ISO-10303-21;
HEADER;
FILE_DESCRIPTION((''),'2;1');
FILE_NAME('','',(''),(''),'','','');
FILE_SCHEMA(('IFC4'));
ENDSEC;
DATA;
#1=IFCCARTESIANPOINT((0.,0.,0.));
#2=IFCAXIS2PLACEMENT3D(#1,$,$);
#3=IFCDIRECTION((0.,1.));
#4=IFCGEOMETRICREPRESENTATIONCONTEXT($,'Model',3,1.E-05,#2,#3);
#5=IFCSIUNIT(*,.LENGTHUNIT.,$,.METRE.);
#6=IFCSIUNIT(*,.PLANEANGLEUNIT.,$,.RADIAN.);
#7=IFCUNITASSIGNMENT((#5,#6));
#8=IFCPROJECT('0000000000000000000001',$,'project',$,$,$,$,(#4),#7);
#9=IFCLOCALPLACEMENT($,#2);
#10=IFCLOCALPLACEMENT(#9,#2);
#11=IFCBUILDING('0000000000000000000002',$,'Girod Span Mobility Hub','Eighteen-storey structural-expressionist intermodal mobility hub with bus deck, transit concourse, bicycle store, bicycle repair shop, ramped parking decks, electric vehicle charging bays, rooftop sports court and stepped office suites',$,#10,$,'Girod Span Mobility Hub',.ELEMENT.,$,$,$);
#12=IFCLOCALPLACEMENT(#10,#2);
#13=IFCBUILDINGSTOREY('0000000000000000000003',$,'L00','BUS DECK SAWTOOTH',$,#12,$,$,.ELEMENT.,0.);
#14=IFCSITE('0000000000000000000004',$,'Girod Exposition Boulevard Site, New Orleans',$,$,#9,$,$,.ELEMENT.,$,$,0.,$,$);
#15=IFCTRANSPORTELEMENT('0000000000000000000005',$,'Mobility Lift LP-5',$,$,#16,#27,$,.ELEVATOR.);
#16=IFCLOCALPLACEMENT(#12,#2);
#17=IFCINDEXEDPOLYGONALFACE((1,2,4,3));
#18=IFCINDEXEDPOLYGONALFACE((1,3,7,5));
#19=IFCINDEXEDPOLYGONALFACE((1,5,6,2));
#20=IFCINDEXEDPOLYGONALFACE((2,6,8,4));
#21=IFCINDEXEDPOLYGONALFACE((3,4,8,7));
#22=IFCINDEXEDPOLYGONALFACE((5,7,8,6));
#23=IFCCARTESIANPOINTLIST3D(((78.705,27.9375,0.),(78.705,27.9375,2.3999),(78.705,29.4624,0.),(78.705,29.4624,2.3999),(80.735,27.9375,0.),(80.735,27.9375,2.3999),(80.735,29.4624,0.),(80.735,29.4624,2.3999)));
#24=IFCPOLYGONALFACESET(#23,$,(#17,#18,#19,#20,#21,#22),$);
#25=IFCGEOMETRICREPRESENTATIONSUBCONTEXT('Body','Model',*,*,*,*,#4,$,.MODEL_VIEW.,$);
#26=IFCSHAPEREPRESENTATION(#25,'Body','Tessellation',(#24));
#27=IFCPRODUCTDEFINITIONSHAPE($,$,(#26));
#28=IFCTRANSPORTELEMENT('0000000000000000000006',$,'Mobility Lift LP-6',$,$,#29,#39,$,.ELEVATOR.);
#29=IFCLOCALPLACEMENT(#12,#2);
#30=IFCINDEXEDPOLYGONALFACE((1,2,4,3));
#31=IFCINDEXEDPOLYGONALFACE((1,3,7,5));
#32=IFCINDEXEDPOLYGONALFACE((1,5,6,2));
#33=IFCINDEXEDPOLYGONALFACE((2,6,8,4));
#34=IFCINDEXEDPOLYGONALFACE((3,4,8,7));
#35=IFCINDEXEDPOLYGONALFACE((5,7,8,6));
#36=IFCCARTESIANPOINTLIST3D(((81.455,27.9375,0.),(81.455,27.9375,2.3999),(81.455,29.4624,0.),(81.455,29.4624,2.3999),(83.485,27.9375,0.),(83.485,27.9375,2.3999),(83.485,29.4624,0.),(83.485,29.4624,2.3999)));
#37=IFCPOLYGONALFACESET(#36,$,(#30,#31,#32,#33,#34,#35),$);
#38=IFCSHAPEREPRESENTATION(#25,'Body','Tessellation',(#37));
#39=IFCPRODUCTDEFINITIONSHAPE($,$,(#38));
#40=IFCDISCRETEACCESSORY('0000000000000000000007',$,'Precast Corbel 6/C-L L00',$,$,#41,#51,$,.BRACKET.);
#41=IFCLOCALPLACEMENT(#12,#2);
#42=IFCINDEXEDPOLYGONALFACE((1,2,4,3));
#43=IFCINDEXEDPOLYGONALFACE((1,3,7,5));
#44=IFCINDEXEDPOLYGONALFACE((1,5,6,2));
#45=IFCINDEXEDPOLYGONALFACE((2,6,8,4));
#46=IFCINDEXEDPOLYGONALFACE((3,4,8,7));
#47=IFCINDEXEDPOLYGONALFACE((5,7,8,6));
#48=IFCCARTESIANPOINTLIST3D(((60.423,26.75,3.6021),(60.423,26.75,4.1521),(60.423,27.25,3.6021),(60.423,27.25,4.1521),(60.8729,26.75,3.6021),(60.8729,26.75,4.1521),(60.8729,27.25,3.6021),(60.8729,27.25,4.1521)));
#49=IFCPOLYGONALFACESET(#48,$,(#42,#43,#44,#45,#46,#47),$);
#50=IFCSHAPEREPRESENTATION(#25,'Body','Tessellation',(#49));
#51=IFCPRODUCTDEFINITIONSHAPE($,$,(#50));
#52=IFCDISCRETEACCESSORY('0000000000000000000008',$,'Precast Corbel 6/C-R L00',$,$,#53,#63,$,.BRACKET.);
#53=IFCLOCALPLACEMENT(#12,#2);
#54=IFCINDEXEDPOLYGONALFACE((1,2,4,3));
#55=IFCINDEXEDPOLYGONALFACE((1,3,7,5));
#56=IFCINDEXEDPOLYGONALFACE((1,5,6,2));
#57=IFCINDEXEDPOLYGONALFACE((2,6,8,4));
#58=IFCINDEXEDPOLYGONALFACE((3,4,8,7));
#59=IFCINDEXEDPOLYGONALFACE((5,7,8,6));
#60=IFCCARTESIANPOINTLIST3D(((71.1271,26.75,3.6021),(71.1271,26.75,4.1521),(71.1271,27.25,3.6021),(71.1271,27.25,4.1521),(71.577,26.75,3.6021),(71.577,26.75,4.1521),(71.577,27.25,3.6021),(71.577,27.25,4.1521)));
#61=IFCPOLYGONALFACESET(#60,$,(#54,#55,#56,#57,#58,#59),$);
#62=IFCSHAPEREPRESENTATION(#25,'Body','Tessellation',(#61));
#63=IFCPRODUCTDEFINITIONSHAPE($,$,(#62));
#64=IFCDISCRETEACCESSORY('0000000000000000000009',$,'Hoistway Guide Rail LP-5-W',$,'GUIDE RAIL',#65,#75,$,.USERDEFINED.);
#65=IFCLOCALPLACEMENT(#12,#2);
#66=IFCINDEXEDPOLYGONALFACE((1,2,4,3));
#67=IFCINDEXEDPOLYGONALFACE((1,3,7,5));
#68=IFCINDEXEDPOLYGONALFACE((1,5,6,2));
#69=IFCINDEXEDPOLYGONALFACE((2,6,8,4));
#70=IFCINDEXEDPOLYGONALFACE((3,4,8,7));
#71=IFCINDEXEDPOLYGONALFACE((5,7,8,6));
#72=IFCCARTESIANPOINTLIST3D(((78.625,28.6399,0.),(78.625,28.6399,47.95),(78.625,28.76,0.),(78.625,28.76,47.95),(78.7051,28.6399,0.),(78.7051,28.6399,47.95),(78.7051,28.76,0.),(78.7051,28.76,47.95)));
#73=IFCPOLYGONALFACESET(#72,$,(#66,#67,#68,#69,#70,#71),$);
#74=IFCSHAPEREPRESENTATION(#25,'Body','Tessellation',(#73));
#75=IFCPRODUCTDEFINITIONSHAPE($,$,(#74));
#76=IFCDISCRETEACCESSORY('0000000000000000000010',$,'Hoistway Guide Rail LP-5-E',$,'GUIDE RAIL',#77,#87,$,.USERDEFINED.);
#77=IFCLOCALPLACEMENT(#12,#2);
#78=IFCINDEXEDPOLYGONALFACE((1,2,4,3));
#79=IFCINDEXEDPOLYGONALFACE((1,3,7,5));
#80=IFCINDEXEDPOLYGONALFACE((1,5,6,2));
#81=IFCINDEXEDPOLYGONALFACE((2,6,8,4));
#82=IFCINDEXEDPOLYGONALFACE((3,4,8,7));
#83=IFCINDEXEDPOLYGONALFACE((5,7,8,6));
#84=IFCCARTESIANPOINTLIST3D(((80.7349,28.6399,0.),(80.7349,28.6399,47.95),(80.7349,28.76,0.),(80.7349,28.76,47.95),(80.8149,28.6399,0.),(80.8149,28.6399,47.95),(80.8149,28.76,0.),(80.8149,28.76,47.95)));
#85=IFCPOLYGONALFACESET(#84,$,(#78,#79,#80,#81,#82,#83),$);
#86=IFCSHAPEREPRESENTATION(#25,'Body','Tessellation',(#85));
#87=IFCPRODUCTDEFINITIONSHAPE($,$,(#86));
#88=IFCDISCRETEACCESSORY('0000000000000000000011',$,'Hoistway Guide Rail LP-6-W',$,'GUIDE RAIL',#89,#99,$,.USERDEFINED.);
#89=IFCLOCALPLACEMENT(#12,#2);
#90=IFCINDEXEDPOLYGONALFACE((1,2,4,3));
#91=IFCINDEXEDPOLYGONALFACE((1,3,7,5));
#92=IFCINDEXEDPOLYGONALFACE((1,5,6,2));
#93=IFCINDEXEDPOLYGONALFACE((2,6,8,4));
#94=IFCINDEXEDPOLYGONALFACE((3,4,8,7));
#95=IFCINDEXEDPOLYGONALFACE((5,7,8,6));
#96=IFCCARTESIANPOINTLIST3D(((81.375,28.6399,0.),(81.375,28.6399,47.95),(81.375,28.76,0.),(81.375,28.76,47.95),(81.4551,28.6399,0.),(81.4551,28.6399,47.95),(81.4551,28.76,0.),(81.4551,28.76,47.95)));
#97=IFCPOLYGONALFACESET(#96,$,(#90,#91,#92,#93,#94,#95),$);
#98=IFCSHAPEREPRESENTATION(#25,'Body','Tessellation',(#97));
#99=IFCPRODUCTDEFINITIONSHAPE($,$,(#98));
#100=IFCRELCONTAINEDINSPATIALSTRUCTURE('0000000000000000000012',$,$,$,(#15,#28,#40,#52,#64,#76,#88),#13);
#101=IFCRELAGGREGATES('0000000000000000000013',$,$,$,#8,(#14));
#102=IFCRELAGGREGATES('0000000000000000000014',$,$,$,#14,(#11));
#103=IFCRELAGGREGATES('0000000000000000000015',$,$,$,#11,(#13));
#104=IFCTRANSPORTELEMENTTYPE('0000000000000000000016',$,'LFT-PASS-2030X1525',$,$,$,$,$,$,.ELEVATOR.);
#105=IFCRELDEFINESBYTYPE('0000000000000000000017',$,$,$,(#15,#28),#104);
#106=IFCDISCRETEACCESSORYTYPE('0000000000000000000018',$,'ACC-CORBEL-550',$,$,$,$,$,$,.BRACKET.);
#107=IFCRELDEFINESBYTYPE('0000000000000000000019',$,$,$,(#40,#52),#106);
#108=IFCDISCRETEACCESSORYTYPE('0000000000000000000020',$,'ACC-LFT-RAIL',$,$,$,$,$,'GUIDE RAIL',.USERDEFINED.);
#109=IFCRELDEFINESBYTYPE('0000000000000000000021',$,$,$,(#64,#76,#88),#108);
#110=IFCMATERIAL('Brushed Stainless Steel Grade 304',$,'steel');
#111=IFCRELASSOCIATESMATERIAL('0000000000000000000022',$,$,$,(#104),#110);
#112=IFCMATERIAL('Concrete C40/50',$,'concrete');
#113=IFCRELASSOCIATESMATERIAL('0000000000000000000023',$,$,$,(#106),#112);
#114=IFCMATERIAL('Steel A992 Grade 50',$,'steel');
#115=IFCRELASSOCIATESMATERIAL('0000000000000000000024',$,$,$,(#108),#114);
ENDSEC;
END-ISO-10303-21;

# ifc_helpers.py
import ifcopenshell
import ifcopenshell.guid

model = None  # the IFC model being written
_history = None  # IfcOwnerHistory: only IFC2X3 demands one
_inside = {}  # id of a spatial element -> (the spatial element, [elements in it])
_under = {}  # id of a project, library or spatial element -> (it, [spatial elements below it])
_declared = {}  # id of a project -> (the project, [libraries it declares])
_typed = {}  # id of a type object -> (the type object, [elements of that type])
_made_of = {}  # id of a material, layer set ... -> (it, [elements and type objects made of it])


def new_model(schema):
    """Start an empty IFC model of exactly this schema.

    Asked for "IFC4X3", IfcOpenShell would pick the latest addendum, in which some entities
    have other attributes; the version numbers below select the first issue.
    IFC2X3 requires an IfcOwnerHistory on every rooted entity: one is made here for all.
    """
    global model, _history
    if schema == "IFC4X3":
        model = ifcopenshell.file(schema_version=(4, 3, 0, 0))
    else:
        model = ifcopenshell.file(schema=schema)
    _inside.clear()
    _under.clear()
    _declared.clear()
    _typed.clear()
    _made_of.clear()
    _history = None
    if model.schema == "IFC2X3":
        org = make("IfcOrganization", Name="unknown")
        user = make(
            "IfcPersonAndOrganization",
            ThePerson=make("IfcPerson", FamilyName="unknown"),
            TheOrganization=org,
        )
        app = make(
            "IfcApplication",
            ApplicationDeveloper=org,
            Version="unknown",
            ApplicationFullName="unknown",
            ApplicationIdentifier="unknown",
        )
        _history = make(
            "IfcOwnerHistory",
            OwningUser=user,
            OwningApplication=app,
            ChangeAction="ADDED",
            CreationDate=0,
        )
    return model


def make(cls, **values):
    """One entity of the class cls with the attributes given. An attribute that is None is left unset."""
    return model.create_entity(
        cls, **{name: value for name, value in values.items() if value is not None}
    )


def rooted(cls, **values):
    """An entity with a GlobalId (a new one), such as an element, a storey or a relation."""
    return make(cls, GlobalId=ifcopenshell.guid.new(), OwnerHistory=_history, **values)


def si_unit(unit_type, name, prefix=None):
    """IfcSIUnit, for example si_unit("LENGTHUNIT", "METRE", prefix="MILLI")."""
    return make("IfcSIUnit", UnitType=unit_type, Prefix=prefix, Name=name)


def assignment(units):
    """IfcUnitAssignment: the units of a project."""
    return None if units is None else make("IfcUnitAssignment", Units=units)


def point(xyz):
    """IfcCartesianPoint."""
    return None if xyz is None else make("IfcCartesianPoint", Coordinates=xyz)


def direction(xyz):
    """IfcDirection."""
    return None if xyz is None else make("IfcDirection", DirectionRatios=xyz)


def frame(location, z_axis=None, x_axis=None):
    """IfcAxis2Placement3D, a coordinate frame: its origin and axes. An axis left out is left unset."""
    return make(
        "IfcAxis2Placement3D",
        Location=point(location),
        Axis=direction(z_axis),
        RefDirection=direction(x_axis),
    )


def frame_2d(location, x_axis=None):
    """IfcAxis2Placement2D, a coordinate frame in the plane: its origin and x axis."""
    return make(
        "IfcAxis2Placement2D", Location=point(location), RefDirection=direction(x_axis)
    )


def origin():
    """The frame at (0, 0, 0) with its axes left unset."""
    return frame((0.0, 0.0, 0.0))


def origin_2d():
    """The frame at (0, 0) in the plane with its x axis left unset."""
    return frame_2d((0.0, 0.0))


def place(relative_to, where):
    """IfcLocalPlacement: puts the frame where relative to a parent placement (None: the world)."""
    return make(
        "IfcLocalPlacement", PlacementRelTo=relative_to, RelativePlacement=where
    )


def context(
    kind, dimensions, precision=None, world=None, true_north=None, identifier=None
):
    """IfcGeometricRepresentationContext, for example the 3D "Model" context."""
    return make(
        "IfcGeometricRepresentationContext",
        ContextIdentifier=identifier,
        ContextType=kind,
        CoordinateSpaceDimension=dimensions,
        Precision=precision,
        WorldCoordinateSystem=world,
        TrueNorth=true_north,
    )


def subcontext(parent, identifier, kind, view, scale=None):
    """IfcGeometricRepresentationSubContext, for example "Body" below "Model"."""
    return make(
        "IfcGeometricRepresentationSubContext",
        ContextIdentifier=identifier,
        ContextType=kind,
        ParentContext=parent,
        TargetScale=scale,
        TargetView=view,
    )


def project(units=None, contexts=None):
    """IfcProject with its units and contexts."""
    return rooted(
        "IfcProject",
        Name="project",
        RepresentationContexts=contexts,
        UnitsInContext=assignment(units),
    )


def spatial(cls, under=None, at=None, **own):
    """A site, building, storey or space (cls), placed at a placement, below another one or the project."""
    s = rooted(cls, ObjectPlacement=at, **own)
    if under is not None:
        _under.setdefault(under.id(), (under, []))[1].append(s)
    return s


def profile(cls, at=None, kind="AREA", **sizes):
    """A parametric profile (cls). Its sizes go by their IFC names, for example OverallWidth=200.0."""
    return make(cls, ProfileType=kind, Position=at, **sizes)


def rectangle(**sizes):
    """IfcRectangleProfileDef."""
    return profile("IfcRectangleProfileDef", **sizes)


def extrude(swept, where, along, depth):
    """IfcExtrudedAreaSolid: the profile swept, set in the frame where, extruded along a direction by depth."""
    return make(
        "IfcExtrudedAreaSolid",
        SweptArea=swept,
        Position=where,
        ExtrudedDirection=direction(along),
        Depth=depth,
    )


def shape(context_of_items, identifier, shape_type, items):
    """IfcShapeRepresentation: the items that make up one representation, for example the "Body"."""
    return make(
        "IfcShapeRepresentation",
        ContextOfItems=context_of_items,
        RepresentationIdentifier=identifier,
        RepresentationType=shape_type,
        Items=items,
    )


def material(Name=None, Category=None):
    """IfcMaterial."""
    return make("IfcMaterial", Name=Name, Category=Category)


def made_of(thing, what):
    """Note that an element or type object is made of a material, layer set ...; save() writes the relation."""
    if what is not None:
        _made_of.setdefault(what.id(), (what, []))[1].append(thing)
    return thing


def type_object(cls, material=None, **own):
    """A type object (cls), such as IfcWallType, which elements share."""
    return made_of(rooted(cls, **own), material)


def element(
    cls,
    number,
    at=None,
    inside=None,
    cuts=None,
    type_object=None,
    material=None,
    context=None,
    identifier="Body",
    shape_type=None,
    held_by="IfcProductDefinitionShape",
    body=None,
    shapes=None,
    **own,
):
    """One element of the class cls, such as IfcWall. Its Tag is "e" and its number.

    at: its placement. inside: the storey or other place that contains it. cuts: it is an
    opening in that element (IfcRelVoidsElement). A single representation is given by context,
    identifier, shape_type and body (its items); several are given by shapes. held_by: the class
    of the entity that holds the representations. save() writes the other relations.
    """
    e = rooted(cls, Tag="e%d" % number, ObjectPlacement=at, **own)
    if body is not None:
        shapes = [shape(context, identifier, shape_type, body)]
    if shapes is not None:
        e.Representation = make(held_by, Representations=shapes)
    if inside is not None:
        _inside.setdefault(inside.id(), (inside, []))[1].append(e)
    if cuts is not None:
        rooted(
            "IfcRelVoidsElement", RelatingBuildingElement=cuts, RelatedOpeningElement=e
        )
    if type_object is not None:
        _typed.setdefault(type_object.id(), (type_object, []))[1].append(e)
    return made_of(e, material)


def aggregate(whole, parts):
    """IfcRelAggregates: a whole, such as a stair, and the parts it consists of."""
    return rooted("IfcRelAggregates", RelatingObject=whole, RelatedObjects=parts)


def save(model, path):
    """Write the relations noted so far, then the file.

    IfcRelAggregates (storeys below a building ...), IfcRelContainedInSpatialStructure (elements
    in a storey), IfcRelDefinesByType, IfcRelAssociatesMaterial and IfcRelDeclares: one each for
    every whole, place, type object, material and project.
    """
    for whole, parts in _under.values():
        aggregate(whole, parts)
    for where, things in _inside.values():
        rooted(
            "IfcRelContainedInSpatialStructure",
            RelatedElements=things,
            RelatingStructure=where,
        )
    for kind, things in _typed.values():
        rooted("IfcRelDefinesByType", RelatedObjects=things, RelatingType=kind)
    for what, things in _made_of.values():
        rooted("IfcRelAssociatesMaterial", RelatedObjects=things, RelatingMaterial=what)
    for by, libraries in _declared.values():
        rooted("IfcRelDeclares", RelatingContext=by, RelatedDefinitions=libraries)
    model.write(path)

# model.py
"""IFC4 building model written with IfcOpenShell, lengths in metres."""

from ifc_helpers import new_model, si_unit, direction, frame, origin, origin_2d, place, context, subcontext, project, spatial, rectangle, extrude, material, type_object, element, save


model = new_model("IFC4")

# Units and contexts
model_context = context("Model", 3, precision=1e-05, world=origin(), true_north=direction((0.0, 1.0)))
body_context = subcontext(model_context, "Body", "Model", "MODEL_VIEW")
ifc_project = project(units=[si_unit("LENGTHUNIT", "METRE"), si_unit("PLANEANGLEUNIT", "RADIAN")], contexts=[model_context])

# Site, building, storey
site_placement = place(None, origin())
site = spatial("IfcSite", under=ifc_project, at=site_placement, Name="Girod Exposition Boulevard Site, New Orleans", CompositionType="ELEMENT", RefElevation=0.0)
building_placement = place(site_placement, origin())
building = spatial("IfcBuilding", under=site, at=building_placement, Name="Girod Span Mobility Hub", Description="Eighteen-storey structural-expressionist intermodal mobility hub with bus deck, transit concourse, bicycle store, bicycle repair shop, ramped parking decks, electric vehicle charging bays, rooftop sports court and stepped office suites", LongName="Girod Span Mobility Hub", CompositionType="ELEMENT")
storey_placement = place(building_placement, origin())
storey = spatial("IfcBuildingStorey", under=building, at=storey_placement, Name="L00", Description="BUS DECK SAWTOOTH", CompositionType="ELEMENT", Elevation=0.0)

# Transport elements
ifc_material_1 = material(Name="Brushed Stainless Steel Grade 304", Category="steel")
transport_element_type = type_object("IfcTransportElementType", Name="LFT-PASS-2030X1525", PredefinedType="ELEVATOR", material=ifc_material_1)
for number, where, z_axis, x_axis, name in (
    (1, (79.72, 28.7, 0.0), (0.0, 0.0, 1.0), (1.0, 0.0, 0.0), "Mobility Lift LP-5"),
    (2, (82.47, 28.7, 0.0), (0.0, 0.0, 1.0), (1.0, 0.0, 0.0), "Mobility Lift LP-6"),
):
    element("IfcTransportElement", number, at=place(storey_placement, frame(where, z_axis=z_axis, x_axis=x_axis)), inside=storey, type_object=transport_element_type, Name=name, PredefinedType="ELEVATOR", context=body_context, shape_type="SweptSolid", body=[
        extrude(rectangle(XDim=2.03, YDim=1.5249, at=origin_2d()), origin(), (0.0, 0.0, 1.0), 2.3999),
    ])

# Discrete accessories
ifc_material_2 = material(Name="Concrete C40/50", Category="concrete")
discrete_accessory_type_1 = type_object("IfcDiscreteAccessoryType", Name="ACC-CORBEL-550", PredefinedType="BRACKET", material=ifc_material_2)
for number, where, z_axis, x_axis, name in (
    (3, (60.6479, 27.0, 3.6021), (0.0, 0.0, 1.0), (1.0, 0.0, 0.0), "Precast Corbel 6/C-L L00"),
    (4, (71.3521, 27.0, 3.6021), (0.0, 0.0, 1.0), (1.0, 0.0, 0.0), "Precast Corbel 6/C-R L00"),
):
    element("IfcDiscreteAccessory", number, at=place(storey_placement, frame(where, z_axis=z_axis, x_axis=x_axis)), inside=storey, type_object=discrete_accessory_type_1, Name=name, PredefinedType="BRACKET", context=body_context, shape_type="SweptSolid", body=[
        extrude(rectangle(XDim=0.45, YDim=0.5, at=origin_2d()), origin(), (0.0, 0.0, 1.0), 0.55),
    ])
ifc_material_3 = material(Name="Steel A992 Grade 50", Category="steel")
discrete_accessory_type_2 = type_object("IfcDiscreteAccessoryType", Name="ACC-LFT-RAIL", ElementType="GUIDE RAIL", PredefinedType="USERDEFINED", material=ifc_material_3)
for number, where, z_axis, x_axis, name in (
    (5, (78.665, 28.7, 0.0), (0.0, 0.0, 1.0), (1.0, 0.0, 0.0), "Hoistway Guide Rail LP-5-W"),
    (6, (80.7749, 28.7, 0.0), (0.0, 0.0, 1.0), (1.0, 0.0, 0.0), "Hoistway Guide Rail LP-5-E"),
    (7, (81.415, 28.7, 0.0), (0.0, 0.0, 1.0), (1.0, 0.0, 0.0), "Hoistway Guide Rail LP-6-W"),
):
    element("IfcDiscreteAccessory", number, at=place(storey_placement, frame(where, z_axis=z_axis, x_axis=x_axis)), inside=storey, type_object=discrete_accessory_type_2, Name=name, ObjectType="GUIDE RAIL", PredefinedType="USERDEFINED", context=body_context, shape_type="SweptSolid", body=[
        extrude(rectangle(XDim=0.0801, YDim=0.1201, at=origin_2d()), origin(), (0.0, 0.0, 1.0), 47.95),
    ])

save(model, "model.ifc")
